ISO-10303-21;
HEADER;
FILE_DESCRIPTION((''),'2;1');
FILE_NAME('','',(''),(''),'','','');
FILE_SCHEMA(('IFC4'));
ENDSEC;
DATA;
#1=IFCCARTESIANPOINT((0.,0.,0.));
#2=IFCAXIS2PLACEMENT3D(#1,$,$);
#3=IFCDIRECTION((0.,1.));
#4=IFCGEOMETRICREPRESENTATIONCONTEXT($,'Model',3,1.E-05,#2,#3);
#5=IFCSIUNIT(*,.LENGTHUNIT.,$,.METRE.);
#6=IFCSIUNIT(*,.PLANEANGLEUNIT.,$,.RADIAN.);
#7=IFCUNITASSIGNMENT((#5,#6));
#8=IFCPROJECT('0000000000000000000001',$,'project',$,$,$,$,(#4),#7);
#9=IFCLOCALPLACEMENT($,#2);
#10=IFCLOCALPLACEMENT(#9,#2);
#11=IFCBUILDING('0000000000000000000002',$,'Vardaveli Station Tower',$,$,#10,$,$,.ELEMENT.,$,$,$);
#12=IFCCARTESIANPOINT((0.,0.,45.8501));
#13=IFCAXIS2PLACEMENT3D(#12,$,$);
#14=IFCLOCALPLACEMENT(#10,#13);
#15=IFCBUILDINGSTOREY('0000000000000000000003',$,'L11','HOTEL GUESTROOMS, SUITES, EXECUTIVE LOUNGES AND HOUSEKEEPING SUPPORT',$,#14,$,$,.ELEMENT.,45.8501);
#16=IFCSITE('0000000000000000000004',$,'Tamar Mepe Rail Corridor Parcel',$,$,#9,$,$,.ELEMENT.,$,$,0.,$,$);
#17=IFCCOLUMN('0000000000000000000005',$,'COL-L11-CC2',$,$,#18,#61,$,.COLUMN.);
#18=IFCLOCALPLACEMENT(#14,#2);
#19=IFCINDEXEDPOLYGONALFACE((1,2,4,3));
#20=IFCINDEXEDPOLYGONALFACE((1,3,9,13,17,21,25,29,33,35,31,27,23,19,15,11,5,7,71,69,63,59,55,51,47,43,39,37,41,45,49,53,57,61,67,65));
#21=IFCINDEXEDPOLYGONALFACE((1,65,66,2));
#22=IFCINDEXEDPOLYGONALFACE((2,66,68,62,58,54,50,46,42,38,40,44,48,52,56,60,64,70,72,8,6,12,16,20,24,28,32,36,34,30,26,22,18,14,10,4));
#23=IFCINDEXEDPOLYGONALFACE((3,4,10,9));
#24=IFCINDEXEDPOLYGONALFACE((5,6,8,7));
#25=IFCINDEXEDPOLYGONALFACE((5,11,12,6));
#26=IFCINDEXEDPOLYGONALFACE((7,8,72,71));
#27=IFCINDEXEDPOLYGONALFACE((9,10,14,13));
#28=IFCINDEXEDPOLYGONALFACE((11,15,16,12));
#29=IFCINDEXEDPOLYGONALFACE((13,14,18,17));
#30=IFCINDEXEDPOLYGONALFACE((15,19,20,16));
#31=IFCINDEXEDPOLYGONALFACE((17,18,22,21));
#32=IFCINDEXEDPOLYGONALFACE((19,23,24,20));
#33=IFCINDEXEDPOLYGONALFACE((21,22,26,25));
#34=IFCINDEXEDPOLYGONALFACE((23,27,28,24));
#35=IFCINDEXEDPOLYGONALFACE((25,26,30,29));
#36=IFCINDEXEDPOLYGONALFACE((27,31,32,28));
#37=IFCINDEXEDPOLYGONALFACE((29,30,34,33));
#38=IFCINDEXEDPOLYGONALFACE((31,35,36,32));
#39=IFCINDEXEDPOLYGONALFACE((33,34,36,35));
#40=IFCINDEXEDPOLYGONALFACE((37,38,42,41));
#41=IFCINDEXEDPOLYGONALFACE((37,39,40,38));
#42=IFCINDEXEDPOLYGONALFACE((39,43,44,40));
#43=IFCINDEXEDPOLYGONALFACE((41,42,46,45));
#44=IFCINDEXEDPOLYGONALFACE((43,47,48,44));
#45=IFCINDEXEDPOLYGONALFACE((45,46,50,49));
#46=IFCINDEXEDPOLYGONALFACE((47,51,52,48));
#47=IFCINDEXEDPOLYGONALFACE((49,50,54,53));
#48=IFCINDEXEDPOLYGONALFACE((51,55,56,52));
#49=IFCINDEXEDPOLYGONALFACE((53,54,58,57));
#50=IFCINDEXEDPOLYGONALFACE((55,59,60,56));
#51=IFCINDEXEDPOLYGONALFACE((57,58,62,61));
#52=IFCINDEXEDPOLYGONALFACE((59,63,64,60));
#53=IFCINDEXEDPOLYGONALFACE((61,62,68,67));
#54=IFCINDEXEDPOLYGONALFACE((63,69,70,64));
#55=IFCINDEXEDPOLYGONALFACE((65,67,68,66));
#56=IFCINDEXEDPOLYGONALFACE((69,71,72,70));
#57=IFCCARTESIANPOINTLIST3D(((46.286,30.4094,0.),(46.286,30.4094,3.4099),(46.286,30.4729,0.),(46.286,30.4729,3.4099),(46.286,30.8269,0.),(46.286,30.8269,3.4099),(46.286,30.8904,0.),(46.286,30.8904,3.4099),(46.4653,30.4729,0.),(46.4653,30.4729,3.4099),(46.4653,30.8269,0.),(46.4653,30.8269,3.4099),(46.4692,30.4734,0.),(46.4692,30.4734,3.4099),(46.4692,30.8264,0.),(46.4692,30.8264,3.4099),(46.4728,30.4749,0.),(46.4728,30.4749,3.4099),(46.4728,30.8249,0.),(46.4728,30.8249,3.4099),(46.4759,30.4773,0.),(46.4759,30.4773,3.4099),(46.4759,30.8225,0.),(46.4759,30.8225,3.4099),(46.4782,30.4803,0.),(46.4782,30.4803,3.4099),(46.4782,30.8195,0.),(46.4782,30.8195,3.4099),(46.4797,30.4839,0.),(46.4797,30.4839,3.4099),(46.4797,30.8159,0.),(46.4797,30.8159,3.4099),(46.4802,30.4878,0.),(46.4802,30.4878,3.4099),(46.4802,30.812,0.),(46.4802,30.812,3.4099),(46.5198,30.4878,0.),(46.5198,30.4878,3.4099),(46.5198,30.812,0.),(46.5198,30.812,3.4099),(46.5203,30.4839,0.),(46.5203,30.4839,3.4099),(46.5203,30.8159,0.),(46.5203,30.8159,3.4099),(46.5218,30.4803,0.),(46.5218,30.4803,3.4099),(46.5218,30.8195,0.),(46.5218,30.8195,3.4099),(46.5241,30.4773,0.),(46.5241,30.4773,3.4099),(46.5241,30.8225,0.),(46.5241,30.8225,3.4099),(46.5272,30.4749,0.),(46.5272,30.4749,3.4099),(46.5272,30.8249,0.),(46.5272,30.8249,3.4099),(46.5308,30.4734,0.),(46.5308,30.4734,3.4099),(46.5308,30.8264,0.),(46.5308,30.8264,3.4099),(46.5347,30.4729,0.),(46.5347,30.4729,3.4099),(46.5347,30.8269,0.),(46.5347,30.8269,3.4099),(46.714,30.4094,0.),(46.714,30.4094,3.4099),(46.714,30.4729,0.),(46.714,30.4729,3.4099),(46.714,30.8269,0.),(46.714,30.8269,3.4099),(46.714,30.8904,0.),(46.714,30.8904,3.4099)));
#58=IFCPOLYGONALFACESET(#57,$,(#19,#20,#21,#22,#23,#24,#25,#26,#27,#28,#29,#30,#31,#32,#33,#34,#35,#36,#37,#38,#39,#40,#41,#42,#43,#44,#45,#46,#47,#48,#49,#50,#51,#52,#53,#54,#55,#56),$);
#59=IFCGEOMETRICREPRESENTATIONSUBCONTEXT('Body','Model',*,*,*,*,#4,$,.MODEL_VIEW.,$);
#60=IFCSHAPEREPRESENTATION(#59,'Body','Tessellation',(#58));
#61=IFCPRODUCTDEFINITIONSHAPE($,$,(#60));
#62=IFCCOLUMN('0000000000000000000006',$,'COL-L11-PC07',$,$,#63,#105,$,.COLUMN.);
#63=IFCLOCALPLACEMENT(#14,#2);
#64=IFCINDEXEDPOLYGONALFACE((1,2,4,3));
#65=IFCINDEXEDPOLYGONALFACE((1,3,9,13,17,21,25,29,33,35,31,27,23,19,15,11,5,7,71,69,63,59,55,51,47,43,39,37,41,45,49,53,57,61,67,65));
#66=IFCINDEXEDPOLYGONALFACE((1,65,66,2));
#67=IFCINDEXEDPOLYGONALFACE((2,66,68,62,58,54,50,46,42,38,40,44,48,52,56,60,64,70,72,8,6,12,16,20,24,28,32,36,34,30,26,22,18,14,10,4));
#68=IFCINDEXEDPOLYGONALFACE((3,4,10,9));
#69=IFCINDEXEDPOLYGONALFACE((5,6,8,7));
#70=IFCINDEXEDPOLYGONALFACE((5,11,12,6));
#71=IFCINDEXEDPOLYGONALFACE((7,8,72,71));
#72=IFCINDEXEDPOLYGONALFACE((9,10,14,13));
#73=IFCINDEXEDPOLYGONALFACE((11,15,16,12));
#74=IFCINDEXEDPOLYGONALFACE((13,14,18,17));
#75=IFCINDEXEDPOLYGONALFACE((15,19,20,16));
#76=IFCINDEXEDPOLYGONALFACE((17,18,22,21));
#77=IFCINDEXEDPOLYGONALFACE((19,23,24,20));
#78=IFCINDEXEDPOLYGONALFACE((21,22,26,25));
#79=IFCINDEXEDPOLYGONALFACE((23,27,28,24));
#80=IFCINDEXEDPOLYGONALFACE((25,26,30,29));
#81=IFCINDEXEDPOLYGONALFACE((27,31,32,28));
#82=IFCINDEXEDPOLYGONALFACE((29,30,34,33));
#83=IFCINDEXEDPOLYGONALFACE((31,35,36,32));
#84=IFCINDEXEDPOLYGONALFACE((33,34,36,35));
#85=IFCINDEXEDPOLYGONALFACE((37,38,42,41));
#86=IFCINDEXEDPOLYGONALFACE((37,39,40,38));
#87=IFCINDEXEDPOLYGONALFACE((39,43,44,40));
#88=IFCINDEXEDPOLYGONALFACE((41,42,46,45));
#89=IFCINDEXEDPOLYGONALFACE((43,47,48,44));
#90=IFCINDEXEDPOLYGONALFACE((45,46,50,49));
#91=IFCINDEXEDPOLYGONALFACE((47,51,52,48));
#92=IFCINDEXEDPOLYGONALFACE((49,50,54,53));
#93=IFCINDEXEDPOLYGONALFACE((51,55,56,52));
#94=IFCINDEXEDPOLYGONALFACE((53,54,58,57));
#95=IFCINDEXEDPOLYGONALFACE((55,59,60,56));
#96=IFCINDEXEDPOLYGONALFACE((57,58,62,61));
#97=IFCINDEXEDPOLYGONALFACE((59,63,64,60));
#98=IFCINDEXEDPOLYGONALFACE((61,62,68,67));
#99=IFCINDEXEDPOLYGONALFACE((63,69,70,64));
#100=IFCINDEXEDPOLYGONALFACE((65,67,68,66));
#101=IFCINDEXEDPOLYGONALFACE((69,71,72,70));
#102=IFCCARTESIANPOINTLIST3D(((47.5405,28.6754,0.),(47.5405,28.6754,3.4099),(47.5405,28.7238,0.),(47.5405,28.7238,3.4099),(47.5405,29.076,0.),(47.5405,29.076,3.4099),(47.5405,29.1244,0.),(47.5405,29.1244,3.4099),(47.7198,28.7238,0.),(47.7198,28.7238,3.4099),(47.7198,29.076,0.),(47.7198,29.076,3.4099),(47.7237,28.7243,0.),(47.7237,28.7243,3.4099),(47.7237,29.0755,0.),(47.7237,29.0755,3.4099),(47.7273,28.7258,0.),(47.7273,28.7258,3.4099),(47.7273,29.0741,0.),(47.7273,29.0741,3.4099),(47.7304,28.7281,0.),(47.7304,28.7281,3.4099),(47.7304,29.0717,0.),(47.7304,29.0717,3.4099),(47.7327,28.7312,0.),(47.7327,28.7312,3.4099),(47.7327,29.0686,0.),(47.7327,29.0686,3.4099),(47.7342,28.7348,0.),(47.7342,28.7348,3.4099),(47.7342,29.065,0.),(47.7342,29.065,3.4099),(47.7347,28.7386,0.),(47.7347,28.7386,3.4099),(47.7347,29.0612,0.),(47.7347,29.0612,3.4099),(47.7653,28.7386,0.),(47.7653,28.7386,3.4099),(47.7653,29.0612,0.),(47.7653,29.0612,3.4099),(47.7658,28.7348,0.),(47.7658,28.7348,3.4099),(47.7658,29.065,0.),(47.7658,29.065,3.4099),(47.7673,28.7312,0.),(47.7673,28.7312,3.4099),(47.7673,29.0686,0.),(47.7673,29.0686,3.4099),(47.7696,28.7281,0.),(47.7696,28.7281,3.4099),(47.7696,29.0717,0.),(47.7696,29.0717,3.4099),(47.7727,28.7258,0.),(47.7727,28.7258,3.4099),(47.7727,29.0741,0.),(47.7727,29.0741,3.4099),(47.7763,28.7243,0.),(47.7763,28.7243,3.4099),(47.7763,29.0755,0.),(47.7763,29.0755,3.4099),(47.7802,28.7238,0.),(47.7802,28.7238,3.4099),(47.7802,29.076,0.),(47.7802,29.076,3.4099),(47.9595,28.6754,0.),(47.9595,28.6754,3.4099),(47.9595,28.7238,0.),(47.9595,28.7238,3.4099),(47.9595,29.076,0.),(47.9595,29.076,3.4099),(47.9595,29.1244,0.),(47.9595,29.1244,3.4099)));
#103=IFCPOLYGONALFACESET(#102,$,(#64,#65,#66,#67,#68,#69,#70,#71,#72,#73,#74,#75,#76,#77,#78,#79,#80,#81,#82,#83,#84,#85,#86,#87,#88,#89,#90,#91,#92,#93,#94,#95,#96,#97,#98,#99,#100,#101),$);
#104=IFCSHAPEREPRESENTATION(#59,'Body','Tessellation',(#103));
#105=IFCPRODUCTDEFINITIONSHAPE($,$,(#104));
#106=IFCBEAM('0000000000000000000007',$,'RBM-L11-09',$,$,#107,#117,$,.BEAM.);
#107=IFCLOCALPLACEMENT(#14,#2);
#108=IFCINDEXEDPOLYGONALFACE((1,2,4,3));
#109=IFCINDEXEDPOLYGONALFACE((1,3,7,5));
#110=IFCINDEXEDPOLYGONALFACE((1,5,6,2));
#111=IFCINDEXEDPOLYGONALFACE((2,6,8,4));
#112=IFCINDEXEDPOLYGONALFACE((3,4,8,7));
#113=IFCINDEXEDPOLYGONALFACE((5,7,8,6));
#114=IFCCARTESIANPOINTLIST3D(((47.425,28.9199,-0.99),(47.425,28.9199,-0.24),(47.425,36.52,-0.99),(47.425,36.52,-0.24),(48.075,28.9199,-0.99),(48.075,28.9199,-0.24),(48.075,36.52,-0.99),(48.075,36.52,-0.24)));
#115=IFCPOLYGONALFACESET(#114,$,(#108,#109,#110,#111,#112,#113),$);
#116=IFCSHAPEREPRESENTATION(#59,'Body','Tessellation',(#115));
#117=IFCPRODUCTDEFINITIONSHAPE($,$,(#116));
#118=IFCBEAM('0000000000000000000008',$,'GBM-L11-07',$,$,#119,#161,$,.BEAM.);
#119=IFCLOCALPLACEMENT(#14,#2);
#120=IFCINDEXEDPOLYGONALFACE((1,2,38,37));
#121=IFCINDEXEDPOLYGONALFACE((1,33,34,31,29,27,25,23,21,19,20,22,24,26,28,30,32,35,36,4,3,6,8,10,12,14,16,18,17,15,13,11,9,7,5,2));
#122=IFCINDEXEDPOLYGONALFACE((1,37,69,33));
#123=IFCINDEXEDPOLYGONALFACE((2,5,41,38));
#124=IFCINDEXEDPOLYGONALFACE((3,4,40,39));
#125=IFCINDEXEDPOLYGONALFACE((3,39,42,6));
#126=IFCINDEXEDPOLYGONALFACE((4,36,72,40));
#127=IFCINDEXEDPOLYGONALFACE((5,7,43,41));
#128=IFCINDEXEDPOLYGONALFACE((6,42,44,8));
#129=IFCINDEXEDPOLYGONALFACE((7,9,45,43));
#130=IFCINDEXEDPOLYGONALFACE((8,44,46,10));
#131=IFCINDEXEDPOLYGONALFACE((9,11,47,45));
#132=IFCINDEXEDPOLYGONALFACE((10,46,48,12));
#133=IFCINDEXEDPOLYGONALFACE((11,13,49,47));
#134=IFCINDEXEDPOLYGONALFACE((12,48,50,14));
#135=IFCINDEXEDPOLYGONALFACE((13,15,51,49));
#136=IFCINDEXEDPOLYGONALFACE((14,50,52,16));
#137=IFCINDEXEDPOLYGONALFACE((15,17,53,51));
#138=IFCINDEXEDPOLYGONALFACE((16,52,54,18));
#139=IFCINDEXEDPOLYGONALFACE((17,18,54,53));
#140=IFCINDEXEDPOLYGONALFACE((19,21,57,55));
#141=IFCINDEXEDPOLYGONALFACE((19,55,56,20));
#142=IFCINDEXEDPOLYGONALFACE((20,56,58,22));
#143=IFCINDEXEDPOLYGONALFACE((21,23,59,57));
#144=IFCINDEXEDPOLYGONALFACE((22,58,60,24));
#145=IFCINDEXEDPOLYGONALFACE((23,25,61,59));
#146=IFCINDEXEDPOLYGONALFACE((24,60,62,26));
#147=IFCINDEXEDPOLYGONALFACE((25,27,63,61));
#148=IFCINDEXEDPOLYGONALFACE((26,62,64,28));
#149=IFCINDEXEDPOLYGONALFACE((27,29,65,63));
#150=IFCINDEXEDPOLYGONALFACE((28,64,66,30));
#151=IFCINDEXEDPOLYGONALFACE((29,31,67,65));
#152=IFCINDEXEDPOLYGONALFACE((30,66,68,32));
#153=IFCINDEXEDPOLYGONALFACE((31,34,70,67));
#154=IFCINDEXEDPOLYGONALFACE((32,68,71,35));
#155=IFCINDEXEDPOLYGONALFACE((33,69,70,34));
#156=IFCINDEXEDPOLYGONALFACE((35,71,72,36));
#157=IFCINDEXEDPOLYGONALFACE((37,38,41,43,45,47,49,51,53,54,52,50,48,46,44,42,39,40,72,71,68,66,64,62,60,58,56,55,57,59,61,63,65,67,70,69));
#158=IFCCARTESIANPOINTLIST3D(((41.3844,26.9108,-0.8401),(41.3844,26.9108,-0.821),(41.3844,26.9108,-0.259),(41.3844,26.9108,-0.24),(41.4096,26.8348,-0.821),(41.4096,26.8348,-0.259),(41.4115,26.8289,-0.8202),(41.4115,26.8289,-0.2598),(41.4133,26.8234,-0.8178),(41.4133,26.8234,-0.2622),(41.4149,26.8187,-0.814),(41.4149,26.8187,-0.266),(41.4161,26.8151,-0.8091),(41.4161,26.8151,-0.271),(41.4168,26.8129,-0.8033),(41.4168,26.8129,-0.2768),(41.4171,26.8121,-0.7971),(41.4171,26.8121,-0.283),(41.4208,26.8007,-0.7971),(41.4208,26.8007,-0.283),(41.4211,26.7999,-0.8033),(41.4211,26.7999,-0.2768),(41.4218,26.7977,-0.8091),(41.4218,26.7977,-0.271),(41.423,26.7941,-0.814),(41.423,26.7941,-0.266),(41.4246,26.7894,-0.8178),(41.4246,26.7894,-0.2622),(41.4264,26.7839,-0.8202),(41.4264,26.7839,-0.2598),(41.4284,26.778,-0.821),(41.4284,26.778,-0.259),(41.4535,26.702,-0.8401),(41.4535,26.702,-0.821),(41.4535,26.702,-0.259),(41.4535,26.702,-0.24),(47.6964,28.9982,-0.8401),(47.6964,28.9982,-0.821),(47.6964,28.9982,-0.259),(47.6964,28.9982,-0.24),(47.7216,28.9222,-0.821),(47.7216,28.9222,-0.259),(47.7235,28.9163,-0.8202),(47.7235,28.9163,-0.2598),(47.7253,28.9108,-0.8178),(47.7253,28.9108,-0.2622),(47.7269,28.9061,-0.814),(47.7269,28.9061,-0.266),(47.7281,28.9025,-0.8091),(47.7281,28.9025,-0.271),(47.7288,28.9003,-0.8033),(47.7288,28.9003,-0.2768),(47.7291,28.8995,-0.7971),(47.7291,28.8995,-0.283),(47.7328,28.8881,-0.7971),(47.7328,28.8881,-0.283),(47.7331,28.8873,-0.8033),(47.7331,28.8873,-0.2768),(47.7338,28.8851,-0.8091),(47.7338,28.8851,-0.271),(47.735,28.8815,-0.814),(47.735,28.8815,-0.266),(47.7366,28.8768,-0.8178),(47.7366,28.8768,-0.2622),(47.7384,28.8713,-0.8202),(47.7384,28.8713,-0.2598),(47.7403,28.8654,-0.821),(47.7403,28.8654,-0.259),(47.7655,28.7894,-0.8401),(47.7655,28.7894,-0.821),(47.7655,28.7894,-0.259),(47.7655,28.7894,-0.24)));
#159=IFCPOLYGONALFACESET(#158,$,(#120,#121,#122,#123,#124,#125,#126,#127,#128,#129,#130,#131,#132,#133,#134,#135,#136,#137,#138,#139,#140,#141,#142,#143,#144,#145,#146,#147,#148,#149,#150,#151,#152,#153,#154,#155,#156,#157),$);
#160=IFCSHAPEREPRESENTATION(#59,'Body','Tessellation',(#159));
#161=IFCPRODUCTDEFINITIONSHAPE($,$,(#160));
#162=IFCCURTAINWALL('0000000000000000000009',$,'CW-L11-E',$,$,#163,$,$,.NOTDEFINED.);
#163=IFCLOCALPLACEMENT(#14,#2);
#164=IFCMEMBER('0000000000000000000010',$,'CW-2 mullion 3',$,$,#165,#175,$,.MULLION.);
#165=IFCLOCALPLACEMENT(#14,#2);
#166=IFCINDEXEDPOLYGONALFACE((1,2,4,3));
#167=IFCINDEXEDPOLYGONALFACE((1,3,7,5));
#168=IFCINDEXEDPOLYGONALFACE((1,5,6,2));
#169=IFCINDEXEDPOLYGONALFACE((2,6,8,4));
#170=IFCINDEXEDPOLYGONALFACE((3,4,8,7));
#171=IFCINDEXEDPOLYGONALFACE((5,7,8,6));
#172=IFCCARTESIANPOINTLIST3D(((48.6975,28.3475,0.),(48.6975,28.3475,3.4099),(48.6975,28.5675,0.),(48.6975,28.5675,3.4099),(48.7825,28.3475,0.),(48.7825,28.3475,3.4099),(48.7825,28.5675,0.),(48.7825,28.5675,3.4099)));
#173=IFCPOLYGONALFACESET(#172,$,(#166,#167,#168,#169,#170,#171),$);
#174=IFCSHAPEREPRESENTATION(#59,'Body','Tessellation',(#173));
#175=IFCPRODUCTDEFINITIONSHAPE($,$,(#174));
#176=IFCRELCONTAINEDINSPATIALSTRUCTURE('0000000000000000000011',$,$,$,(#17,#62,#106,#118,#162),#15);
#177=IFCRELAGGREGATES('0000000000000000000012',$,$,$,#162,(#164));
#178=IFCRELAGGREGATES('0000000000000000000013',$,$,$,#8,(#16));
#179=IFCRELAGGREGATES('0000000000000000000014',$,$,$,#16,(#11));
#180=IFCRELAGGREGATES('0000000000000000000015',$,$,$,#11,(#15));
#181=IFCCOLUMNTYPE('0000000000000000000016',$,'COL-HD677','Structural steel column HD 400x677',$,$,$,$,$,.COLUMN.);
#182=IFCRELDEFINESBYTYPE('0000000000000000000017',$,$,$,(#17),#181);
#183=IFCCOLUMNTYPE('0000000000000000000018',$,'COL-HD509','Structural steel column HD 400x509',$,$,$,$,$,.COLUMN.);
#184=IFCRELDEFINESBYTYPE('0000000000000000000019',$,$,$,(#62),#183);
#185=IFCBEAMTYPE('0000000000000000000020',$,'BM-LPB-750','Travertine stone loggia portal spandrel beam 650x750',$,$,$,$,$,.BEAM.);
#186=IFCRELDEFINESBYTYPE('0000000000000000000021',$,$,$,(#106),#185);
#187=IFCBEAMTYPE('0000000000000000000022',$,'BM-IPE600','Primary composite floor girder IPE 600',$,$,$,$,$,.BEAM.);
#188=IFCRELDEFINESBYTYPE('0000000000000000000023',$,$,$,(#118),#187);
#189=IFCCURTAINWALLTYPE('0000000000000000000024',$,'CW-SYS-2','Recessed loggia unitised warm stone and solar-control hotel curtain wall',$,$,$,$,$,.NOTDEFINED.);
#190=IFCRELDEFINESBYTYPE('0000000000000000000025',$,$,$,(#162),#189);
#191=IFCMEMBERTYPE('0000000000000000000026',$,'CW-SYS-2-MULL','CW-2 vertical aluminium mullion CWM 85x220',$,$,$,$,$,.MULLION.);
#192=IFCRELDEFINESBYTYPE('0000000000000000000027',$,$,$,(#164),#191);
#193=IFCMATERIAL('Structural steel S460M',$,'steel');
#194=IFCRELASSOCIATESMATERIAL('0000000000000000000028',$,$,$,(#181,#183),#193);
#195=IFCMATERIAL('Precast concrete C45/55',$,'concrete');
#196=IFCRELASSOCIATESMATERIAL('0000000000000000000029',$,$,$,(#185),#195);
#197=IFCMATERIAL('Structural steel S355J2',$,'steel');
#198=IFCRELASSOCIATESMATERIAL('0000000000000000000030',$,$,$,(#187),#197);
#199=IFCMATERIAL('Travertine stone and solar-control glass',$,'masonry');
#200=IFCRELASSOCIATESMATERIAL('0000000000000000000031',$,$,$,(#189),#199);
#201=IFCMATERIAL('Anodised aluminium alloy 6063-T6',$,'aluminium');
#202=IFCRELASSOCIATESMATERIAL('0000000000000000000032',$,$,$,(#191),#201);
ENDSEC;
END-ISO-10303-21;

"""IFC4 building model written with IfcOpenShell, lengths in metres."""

from ifc_helpers import new_model, si_unit, direction, frame, origin, origin_2d, place, context, subcontext, project, spatial, rectangle, i_section, extrude, source, transform, mapped, material, material_profile, profile_set, type_object, element, aggregate, save


model = new_model("IFC4")

# Units and contexts
model_context = context("Model", 3, precision=1e-05, world=origin(), true_north=direction((0.0, 1.0)))
body_context = subcontext(model_context, "Body", "Model", "MODEL_VIEW")
ifc_project = project(units=[si_unit("LENGTHUNIT", "METRE"), si_unit("PLANEANGLEUNIT", "RADIAN")], contexts=[model_context])

# Site, building, storey
site_placement = place(None, origin())
site = spatial("IfcSite", under=ifc_project, at=site_placement, Name="Tamar Mepe Rail Corridor Parcel", CompositionType="ELEMENT", RefElevation=0.0)
building_placement = place(site_placement, origin())
building = spatial("IfcBuilding", under=site, at=building_placement, Name="Vardaveli Station Tower", CompositionType="ELEMENT")
storey_placement = place(building_placement, frame((0.0, 0.0, 45.8501)))
storey = spatial("IfcBuildingStorey", under=building, at=storey_placement, Name="L11", Description="HOTEL GUESTROOMS, SUITES, EXECUTIVE LOUNGES AND HOUSEKEEPING SUPPORT", CompositionType="ELEMENT", Elevation=45.8501)

# Columns
ifc_material_1 = material(Name="Structural steel S460M", Category="steel")
ifc_material_profile_1 = material_profile(ifc_material_1, i_section(OverallWidth=0.428, OverallDepth=0.481, WebThickness=0.0396, FlangeThickness=0.0635, FilletRadius=0.0149, at=origin_2d()), Name="HD 400x677")
ifc_profile_set_1 = profile_set([ifc_material_profile_1], Name="Structural steel S460M")
column_type_1 = type_object("IfcColumnType", Name="COL-HD677", Description="Structural steel column HD 400x677", PredefinedType="COLUMN", material=ifc_profile_set_1)
shared_shape_1 = source(origin(), body_context, "Body", "SweptSolid", [
    extrude(i_section(OverallWidth=0.428, OverallDepth=0.481, WebThickness=0.0396, FlangeThickness=0.0635, FilletRadius=0.0149, at=origin_2d()), origin(), (0.0, 0.0, 1.0), 3.4099),
])
column_1_placement = place(storey_placement, frame((46.5, 30.6499, 0.0), z_axis=(0.0, 0.0, 1.0), x_axis=(1.0, 0.0, 0.0)))
element("IfcColumn", 1, at=column_1_placement, inside=storey, type_object=column_type_1, Name="COL-L11-CC2", PredefinedType="COLUMN", context=body_context, shape_type="MappedRepresentation", body=[
    mapped(shared_shape_1, transform((0.0, 0.0, 0.0), scale=1.0)),
])
ifc_material_profile_2 = material_profile(ifc_material_1, i_section(OverallWidth=0.4189, OverallDepth=0.449, WebThickness=0.0305, FlangeThickness=0.0483, FilletRadius=0.0149, at=origin_2d()), Name="HD 400x509")
ifc_profile_set_2 = profile_set([ifc_material_profile_2], Name="Structural steel S460M")
column_type_2 = type_object("IfcColumnType", Name="COL-HD509", Description="Structural steel column HD 400x509", PredefinedType="COLUMN", material=ifc_profile_set_2)
shared_shape_2 = source(origin(), body_context, "Body", "SweptSolid", [
    extrude(i_section(OverallWidth=0.4189, OverallDepth=0.449, WebThickness=0.0305, FlangeThickness=0.0483, FilletRadius=0.0149, at=origin_2d()), origin(), (0.0, 0.0, 1.0), 3.4099),
])
column_2_placement = place(storey_placement, frame((47.75, 28.8999, 0.0), z_axis=(0.0, 0.0, 1.0), x_axis=(1.0, 0.0, 0.0)))
element("IfcColumn", 2, at=column_2_placement, inside=storey, type_object=column_type_2, Name="COL-L11-PC07", PredefinedType="COLUMN", context=body_context, shape_type="MappedRepresentation", body=[
    mapped(shared_shape_2, transform((0.0, 0.0, 0.0), scale=1.0)),
])

# Beams
ifc_material_2 = material(Name="Precast concrete C45/55", Category="concrete")
ifc_material_profile_3 = material_profile(ifc_material_2, rectangle(XDim=0.6499, YDim=0.75, at=origin_2d()), Name="LPB 650x750")
ifc_profile_set_3 = profile_set([ifc_material_profile_3], Name="Precast concrete C45/55")
beam_type_1 = type_object("IfcBeamType", Name="BM-LPB-750", Description="Travertine stone loggia portal spandrel beam 650x750", PredefinedType="BEAM", material=ifc_profile_set_3)
shared_shape_3 = source(origin(), body_context, "Body", "SweptSolid", [
    extrude(rectangle(XDim=0.6499, YDim=0.75, at=origin_2d()), origin(), (0.0, 0.0, 1.0), 7.6001),
])
beam_1_placement = place(storey_placement, frame((47.75, 28.9199, -0.615), z_axis=(0.0, 1.0, 0.0), x_axis=(-1.0, 0.0, 0.0)))
element("IfcBeam", 3, at=beam_1_placement, inside=storey, type_object=beam_type_1, Name="RBM-L11-09", PredefinedType="BEAM", context=body_context, shape_type="MappedRepresentation", body=[
    mapped(shared_shape_3, transform((0.0, 0.0, 0.0), scale=1.0)),
])
ifc_material_3 = material(Name="Structural steel S355J2", Category="steel")
ifc_material_profile_4 = material_profile(ifc_material_3, i_section(OverallWidth=0.22, OverallDepth=0.6001, WebThickness=0.012, FlangeThickness=0.019, FilletRadius=0.0239, at=origin_2d()), Name="IPE 600")
ifc_profile_set_4 = profile_set([ifc_material_profile_4], Name="Structural steel S355J2")
beam_type_2 = type_object("IfcBeamType", Name="BM-IPE600", Description="Primary composite floor girder IPE 600", PredefinedType="BEAM", material=ifc_profile_set_4)
shared_shape_4 = source(origin(), body_context, "Body", "SweptSolid", [
    extrude(i_section(OverallWidth=0.22, OverallDepth=0.6001, WebThickness=0.012, FlangeThickness=0.019, FilletRadius=0.0239, at=origin_2d()), origin(), (0.0, 0.0, 1.0), 6.6482),
])
beam_2_placement = place(storey_placement, frame((47.731, 28.8938, -0.54), z_axis=(-0.94943, -0.313979, 0.0), x_axis=(0.313979, -0.94943, 0.0)))
element("IfcBeam", 4, at=beam_2_placement, inside=storey, type_object=beam_type_2, Name="GBM-L11-07", PredefinedType="BEAM", context=body_context, shape_type="MappedRepresentation", body=[
    mapped(shared_shape_4, transform((0.0, 0.0, 0.0), scale=1.0)),
])

# Curtain wall, member
ifc_material_4 = material(Name="Travertine stone and solar-control glass", Category="masonry")
curtain_wall_type = type_object("IfcCurtainWallType", Name="CW-SYS-2", Description="Recessed loggia unitised warm stone and solar-control hotel curtain wall", PredefinedType="NOTDEFINED", material=ifc_material_4)
curtain_wall_placement = place(storey_placement, origin())
curtain_wall = element("IfcCurtainWall", 5, at=curtain_wall_placement, inside=storey, type_object=curtain_wall_type, Name="CW-L11-E", PredefinedType="NOTDEFINED")
ifc_material_5 = material(Name="Anodised aluminium alloy 6063-T6", Category="aluminium")
ifc_material_profile_5 = material_profile(ifc_material_5, rectangle(XDim=0.085, YDim=0.22, at=origin_2d()), Name="CWM 85x220")
ifc_profile_set_5 = profile_set([ifc_material_profile_5], Name="Anodised aluminium alloy 6063-T6")
member_type = type_object("IfcMemberType", Name="CW-SYS-2-MULL", Description="CW-2 vertical aluminium mullion CWM 85x220", PredefinedType="MULLION", material=ifc_profile_set_5)
shared_shape_5 = source(origin(), body_context, "Body", "SweptSolid", [
    extrude(rectangle(XDim=0.085, YDim=0.22, at=origin_2d()), origin(), (0.0, 0.0, 1.0), 3.4099),
])
member_placement = place(storey_placement, frame((48.74, 28.4575, 0.0), z_axis=(0.0, 0.0, 1.0), x_axis=(-1.0, 0.0, 0.0)))
member = element("IfcMember", 6, at=member_placement, type_object=member_type, Name="CW-2 mullion 3", PredefinedType="MULLION", context=body_context, shape_type="MappedRepresentation", body=[
    mapped(shared_shape_5, transform((0.0, 0.0, 0.0), scale=1.0)),
])
aggregate(curtain_wall, [member])

save(model, "model.ifc")
